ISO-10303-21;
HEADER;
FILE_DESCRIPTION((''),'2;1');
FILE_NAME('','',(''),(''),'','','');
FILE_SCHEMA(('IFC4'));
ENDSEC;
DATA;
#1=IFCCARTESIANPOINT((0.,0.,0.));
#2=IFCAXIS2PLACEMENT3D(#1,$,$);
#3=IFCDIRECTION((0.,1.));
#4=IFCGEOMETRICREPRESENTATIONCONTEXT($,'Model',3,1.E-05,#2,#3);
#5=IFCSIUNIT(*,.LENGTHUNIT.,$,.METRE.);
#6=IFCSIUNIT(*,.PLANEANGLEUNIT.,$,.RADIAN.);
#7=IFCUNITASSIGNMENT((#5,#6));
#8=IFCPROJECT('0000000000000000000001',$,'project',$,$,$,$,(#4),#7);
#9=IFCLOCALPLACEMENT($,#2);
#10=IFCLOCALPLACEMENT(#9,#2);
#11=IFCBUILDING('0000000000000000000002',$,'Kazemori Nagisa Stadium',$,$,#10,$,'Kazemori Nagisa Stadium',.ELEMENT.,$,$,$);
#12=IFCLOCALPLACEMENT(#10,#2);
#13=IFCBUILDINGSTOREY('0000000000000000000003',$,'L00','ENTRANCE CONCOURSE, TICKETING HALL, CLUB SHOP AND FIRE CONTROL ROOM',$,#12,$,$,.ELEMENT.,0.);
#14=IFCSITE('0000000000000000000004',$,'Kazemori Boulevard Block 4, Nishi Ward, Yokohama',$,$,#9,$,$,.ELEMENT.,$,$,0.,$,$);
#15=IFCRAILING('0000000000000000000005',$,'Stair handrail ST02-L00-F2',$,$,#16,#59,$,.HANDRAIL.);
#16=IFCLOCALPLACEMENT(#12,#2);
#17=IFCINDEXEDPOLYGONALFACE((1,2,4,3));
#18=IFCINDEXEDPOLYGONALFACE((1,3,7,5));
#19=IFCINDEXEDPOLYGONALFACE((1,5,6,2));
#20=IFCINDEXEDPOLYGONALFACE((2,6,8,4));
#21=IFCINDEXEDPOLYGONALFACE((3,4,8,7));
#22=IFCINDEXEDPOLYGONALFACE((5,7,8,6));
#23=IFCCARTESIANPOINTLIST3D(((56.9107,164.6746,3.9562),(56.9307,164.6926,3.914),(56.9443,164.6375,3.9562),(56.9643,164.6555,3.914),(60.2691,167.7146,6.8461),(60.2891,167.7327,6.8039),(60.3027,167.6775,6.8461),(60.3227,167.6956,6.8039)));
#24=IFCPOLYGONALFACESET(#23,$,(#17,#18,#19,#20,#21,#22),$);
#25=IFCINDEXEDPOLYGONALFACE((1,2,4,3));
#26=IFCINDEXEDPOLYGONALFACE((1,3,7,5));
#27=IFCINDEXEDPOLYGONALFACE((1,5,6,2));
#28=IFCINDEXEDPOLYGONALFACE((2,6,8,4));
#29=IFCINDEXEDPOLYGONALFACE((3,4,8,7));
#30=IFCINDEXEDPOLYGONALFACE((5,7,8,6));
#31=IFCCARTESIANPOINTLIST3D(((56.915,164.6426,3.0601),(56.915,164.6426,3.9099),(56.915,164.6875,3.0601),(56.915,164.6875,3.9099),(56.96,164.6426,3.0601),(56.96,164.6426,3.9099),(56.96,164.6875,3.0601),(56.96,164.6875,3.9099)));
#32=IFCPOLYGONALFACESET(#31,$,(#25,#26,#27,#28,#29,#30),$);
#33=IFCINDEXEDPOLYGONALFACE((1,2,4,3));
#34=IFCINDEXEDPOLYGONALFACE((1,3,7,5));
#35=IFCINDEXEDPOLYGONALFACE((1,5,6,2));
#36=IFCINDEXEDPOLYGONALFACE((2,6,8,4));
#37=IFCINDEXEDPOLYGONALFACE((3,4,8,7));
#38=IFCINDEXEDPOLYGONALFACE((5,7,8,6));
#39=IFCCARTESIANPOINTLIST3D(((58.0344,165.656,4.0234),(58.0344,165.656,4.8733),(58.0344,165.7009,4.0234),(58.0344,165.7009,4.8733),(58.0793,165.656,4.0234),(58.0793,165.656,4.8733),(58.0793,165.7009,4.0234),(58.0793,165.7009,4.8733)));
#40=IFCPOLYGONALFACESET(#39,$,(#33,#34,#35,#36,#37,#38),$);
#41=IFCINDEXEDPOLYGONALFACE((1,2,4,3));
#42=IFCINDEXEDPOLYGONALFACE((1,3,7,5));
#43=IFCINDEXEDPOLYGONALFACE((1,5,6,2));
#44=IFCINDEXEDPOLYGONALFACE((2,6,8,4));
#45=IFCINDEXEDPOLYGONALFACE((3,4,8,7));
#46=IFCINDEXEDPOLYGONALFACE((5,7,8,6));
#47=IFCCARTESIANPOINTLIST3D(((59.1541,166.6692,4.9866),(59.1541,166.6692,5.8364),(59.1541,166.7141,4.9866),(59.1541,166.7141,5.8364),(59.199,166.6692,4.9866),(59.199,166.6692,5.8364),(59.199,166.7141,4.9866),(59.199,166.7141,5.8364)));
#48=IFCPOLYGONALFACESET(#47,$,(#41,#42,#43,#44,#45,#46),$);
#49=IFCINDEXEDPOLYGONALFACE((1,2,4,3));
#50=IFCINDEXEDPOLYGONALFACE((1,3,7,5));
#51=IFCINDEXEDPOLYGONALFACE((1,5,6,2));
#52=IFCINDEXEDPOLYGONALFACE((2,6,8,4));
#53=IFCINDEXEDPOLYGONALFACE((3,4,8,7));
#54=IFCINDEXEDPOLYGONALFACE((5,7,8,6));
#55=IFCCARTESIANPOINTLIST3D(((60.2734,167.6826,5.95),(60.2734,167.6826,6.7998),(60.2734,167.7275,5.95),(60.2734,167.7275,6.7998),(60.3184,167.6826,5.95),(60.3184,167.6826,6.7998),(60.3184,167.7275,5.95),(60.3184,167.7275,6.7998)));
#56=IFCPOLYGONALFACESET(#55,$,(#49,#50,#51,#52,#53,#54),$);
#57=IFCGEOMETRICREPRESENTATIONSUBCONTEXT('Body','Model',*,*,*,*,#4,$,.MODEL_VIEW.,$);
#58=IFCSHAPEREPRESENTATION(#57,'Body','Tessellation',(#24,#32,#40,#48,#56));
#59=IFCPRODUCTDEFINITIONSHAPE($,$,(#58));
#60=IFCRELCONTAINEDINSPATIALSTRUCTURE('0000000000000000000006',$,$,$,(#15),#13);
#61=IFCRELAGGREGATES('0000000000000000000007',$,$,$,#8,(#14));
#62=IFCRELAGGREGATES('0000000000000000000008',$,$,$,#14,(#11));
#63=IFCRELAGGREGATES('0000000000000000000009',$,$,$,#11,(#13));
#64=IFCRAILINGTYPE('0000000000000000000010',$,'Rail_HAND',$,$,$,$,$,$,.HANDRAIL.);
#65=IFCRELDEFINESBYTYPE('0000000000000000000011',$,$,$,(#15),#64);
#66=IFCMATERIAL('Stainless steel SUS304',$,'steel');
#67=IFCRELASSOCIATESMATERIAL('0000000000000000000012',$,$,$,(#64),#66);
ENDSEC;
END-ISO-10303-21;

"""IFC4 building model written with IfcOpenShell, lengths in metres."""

from ifc_helpers import new_model, si_unit, direction, frame, origin, origin_2d, place, context, subcontext, project, spatial, rectangle, extrude, material, type_object, element, save


model = new_model("IFC4")

# Units and contexts
model_context = context("Model", 3, precision=1e-05, world=origin(), true_north=direction((0.0, 1.0)))
body_context = subcontext(model_context, "Body", "Model", "MODEL_VIEW")
ifc_project = project(units=[si_unit("LENGTHUNIT", "METRE"), si_unit("PLANEANGLEUNIT", "RADIAN")], contexts=[model_context])

# Site, building, storey
site_placement = place(None, origin())
site = spatial("IfcSite", under=ifc_project, at=site_placement, Name="Kazemori Boulevard Block 4, Nishi Ward, Yokohama", CompositionType="ELEMENT", RefElevation=0.0)
building_placement = place(site_placement, origin())
building = spatial("IfcBuilding", under=site, at=building_placement, Name="Kazemori Nagisa Stadium", LongName="Kazemori Nagisa Stadium", CompositionType="ELEMENT")
storey_placement = place(building_placement, origin())
storey = spatial("IfcBuildingStorey", under=building, at=storey_placement, Name="L00", Description="ENTRANCE CONCOURSE, TICKETING HALL, CLUB SHOP AND FIRE CONTROL ROOM", CompositionType="ELEMENT", Elevation=0.0)

# Shared definitions
ifc_material_1 = material(Name="Stainless steel SUS304", Category="steel")

# Railing
railing_type_1 = type_object("IfcRailingType", Name="Rail_HAND", PredefinedType="HANDRAIL", material=ifc_material_1)
railing_1_placement = place(storey_placement, frame((56.9375, 164.665, 3.0601)))
element("IfcRailing", 1, at=railing_1_placement, inside=storey, type_object=railing_type_1, Name="Stair handrail ST02-L00-F2", PredefinedType="HANDRAIL", context=body_context, shape_type="SweptSolid", body=[
    extrude(rectangle(XDim=0.05, YDim=0.05, at=origin_2d()), frame((0.0, 0.0, 0.875), z_axis=(0.625018, 0.56577, 0.537826), x_axis=(-0.671094, 0.741372, 0.0)), (0.0, 0.0, 1.0), 5.3733),
    extrude(rectangle(XDim=0.0449, YDim=0.0449, at=origin_2d()), origin(), (0.0, 0.0, 1.0), 0.8499),
    extrude(rectangle(XDim=0.0449, YDim=0.0449, at=origin_2d()), frame((1.1194, 1.0134, 0.9634)), (0.0, 0.0, 1.0), 0.8499),
    extrude(rectangle(XDim=0.0449, YDim=0.0449, at=origin_2d()), frame((2.239, 2.0266, 1.9265)), (0.0, 0.0, 1.0), 0.8499),
    extrude(rectangle(XDim=0.0449, YDim=0.0449, at=origin_2d()), frame((3.3584, 3.04, 2.8899)), (0.0, 0.0, 1.0), 0.8499),
])

save(model, "model.ifc")
